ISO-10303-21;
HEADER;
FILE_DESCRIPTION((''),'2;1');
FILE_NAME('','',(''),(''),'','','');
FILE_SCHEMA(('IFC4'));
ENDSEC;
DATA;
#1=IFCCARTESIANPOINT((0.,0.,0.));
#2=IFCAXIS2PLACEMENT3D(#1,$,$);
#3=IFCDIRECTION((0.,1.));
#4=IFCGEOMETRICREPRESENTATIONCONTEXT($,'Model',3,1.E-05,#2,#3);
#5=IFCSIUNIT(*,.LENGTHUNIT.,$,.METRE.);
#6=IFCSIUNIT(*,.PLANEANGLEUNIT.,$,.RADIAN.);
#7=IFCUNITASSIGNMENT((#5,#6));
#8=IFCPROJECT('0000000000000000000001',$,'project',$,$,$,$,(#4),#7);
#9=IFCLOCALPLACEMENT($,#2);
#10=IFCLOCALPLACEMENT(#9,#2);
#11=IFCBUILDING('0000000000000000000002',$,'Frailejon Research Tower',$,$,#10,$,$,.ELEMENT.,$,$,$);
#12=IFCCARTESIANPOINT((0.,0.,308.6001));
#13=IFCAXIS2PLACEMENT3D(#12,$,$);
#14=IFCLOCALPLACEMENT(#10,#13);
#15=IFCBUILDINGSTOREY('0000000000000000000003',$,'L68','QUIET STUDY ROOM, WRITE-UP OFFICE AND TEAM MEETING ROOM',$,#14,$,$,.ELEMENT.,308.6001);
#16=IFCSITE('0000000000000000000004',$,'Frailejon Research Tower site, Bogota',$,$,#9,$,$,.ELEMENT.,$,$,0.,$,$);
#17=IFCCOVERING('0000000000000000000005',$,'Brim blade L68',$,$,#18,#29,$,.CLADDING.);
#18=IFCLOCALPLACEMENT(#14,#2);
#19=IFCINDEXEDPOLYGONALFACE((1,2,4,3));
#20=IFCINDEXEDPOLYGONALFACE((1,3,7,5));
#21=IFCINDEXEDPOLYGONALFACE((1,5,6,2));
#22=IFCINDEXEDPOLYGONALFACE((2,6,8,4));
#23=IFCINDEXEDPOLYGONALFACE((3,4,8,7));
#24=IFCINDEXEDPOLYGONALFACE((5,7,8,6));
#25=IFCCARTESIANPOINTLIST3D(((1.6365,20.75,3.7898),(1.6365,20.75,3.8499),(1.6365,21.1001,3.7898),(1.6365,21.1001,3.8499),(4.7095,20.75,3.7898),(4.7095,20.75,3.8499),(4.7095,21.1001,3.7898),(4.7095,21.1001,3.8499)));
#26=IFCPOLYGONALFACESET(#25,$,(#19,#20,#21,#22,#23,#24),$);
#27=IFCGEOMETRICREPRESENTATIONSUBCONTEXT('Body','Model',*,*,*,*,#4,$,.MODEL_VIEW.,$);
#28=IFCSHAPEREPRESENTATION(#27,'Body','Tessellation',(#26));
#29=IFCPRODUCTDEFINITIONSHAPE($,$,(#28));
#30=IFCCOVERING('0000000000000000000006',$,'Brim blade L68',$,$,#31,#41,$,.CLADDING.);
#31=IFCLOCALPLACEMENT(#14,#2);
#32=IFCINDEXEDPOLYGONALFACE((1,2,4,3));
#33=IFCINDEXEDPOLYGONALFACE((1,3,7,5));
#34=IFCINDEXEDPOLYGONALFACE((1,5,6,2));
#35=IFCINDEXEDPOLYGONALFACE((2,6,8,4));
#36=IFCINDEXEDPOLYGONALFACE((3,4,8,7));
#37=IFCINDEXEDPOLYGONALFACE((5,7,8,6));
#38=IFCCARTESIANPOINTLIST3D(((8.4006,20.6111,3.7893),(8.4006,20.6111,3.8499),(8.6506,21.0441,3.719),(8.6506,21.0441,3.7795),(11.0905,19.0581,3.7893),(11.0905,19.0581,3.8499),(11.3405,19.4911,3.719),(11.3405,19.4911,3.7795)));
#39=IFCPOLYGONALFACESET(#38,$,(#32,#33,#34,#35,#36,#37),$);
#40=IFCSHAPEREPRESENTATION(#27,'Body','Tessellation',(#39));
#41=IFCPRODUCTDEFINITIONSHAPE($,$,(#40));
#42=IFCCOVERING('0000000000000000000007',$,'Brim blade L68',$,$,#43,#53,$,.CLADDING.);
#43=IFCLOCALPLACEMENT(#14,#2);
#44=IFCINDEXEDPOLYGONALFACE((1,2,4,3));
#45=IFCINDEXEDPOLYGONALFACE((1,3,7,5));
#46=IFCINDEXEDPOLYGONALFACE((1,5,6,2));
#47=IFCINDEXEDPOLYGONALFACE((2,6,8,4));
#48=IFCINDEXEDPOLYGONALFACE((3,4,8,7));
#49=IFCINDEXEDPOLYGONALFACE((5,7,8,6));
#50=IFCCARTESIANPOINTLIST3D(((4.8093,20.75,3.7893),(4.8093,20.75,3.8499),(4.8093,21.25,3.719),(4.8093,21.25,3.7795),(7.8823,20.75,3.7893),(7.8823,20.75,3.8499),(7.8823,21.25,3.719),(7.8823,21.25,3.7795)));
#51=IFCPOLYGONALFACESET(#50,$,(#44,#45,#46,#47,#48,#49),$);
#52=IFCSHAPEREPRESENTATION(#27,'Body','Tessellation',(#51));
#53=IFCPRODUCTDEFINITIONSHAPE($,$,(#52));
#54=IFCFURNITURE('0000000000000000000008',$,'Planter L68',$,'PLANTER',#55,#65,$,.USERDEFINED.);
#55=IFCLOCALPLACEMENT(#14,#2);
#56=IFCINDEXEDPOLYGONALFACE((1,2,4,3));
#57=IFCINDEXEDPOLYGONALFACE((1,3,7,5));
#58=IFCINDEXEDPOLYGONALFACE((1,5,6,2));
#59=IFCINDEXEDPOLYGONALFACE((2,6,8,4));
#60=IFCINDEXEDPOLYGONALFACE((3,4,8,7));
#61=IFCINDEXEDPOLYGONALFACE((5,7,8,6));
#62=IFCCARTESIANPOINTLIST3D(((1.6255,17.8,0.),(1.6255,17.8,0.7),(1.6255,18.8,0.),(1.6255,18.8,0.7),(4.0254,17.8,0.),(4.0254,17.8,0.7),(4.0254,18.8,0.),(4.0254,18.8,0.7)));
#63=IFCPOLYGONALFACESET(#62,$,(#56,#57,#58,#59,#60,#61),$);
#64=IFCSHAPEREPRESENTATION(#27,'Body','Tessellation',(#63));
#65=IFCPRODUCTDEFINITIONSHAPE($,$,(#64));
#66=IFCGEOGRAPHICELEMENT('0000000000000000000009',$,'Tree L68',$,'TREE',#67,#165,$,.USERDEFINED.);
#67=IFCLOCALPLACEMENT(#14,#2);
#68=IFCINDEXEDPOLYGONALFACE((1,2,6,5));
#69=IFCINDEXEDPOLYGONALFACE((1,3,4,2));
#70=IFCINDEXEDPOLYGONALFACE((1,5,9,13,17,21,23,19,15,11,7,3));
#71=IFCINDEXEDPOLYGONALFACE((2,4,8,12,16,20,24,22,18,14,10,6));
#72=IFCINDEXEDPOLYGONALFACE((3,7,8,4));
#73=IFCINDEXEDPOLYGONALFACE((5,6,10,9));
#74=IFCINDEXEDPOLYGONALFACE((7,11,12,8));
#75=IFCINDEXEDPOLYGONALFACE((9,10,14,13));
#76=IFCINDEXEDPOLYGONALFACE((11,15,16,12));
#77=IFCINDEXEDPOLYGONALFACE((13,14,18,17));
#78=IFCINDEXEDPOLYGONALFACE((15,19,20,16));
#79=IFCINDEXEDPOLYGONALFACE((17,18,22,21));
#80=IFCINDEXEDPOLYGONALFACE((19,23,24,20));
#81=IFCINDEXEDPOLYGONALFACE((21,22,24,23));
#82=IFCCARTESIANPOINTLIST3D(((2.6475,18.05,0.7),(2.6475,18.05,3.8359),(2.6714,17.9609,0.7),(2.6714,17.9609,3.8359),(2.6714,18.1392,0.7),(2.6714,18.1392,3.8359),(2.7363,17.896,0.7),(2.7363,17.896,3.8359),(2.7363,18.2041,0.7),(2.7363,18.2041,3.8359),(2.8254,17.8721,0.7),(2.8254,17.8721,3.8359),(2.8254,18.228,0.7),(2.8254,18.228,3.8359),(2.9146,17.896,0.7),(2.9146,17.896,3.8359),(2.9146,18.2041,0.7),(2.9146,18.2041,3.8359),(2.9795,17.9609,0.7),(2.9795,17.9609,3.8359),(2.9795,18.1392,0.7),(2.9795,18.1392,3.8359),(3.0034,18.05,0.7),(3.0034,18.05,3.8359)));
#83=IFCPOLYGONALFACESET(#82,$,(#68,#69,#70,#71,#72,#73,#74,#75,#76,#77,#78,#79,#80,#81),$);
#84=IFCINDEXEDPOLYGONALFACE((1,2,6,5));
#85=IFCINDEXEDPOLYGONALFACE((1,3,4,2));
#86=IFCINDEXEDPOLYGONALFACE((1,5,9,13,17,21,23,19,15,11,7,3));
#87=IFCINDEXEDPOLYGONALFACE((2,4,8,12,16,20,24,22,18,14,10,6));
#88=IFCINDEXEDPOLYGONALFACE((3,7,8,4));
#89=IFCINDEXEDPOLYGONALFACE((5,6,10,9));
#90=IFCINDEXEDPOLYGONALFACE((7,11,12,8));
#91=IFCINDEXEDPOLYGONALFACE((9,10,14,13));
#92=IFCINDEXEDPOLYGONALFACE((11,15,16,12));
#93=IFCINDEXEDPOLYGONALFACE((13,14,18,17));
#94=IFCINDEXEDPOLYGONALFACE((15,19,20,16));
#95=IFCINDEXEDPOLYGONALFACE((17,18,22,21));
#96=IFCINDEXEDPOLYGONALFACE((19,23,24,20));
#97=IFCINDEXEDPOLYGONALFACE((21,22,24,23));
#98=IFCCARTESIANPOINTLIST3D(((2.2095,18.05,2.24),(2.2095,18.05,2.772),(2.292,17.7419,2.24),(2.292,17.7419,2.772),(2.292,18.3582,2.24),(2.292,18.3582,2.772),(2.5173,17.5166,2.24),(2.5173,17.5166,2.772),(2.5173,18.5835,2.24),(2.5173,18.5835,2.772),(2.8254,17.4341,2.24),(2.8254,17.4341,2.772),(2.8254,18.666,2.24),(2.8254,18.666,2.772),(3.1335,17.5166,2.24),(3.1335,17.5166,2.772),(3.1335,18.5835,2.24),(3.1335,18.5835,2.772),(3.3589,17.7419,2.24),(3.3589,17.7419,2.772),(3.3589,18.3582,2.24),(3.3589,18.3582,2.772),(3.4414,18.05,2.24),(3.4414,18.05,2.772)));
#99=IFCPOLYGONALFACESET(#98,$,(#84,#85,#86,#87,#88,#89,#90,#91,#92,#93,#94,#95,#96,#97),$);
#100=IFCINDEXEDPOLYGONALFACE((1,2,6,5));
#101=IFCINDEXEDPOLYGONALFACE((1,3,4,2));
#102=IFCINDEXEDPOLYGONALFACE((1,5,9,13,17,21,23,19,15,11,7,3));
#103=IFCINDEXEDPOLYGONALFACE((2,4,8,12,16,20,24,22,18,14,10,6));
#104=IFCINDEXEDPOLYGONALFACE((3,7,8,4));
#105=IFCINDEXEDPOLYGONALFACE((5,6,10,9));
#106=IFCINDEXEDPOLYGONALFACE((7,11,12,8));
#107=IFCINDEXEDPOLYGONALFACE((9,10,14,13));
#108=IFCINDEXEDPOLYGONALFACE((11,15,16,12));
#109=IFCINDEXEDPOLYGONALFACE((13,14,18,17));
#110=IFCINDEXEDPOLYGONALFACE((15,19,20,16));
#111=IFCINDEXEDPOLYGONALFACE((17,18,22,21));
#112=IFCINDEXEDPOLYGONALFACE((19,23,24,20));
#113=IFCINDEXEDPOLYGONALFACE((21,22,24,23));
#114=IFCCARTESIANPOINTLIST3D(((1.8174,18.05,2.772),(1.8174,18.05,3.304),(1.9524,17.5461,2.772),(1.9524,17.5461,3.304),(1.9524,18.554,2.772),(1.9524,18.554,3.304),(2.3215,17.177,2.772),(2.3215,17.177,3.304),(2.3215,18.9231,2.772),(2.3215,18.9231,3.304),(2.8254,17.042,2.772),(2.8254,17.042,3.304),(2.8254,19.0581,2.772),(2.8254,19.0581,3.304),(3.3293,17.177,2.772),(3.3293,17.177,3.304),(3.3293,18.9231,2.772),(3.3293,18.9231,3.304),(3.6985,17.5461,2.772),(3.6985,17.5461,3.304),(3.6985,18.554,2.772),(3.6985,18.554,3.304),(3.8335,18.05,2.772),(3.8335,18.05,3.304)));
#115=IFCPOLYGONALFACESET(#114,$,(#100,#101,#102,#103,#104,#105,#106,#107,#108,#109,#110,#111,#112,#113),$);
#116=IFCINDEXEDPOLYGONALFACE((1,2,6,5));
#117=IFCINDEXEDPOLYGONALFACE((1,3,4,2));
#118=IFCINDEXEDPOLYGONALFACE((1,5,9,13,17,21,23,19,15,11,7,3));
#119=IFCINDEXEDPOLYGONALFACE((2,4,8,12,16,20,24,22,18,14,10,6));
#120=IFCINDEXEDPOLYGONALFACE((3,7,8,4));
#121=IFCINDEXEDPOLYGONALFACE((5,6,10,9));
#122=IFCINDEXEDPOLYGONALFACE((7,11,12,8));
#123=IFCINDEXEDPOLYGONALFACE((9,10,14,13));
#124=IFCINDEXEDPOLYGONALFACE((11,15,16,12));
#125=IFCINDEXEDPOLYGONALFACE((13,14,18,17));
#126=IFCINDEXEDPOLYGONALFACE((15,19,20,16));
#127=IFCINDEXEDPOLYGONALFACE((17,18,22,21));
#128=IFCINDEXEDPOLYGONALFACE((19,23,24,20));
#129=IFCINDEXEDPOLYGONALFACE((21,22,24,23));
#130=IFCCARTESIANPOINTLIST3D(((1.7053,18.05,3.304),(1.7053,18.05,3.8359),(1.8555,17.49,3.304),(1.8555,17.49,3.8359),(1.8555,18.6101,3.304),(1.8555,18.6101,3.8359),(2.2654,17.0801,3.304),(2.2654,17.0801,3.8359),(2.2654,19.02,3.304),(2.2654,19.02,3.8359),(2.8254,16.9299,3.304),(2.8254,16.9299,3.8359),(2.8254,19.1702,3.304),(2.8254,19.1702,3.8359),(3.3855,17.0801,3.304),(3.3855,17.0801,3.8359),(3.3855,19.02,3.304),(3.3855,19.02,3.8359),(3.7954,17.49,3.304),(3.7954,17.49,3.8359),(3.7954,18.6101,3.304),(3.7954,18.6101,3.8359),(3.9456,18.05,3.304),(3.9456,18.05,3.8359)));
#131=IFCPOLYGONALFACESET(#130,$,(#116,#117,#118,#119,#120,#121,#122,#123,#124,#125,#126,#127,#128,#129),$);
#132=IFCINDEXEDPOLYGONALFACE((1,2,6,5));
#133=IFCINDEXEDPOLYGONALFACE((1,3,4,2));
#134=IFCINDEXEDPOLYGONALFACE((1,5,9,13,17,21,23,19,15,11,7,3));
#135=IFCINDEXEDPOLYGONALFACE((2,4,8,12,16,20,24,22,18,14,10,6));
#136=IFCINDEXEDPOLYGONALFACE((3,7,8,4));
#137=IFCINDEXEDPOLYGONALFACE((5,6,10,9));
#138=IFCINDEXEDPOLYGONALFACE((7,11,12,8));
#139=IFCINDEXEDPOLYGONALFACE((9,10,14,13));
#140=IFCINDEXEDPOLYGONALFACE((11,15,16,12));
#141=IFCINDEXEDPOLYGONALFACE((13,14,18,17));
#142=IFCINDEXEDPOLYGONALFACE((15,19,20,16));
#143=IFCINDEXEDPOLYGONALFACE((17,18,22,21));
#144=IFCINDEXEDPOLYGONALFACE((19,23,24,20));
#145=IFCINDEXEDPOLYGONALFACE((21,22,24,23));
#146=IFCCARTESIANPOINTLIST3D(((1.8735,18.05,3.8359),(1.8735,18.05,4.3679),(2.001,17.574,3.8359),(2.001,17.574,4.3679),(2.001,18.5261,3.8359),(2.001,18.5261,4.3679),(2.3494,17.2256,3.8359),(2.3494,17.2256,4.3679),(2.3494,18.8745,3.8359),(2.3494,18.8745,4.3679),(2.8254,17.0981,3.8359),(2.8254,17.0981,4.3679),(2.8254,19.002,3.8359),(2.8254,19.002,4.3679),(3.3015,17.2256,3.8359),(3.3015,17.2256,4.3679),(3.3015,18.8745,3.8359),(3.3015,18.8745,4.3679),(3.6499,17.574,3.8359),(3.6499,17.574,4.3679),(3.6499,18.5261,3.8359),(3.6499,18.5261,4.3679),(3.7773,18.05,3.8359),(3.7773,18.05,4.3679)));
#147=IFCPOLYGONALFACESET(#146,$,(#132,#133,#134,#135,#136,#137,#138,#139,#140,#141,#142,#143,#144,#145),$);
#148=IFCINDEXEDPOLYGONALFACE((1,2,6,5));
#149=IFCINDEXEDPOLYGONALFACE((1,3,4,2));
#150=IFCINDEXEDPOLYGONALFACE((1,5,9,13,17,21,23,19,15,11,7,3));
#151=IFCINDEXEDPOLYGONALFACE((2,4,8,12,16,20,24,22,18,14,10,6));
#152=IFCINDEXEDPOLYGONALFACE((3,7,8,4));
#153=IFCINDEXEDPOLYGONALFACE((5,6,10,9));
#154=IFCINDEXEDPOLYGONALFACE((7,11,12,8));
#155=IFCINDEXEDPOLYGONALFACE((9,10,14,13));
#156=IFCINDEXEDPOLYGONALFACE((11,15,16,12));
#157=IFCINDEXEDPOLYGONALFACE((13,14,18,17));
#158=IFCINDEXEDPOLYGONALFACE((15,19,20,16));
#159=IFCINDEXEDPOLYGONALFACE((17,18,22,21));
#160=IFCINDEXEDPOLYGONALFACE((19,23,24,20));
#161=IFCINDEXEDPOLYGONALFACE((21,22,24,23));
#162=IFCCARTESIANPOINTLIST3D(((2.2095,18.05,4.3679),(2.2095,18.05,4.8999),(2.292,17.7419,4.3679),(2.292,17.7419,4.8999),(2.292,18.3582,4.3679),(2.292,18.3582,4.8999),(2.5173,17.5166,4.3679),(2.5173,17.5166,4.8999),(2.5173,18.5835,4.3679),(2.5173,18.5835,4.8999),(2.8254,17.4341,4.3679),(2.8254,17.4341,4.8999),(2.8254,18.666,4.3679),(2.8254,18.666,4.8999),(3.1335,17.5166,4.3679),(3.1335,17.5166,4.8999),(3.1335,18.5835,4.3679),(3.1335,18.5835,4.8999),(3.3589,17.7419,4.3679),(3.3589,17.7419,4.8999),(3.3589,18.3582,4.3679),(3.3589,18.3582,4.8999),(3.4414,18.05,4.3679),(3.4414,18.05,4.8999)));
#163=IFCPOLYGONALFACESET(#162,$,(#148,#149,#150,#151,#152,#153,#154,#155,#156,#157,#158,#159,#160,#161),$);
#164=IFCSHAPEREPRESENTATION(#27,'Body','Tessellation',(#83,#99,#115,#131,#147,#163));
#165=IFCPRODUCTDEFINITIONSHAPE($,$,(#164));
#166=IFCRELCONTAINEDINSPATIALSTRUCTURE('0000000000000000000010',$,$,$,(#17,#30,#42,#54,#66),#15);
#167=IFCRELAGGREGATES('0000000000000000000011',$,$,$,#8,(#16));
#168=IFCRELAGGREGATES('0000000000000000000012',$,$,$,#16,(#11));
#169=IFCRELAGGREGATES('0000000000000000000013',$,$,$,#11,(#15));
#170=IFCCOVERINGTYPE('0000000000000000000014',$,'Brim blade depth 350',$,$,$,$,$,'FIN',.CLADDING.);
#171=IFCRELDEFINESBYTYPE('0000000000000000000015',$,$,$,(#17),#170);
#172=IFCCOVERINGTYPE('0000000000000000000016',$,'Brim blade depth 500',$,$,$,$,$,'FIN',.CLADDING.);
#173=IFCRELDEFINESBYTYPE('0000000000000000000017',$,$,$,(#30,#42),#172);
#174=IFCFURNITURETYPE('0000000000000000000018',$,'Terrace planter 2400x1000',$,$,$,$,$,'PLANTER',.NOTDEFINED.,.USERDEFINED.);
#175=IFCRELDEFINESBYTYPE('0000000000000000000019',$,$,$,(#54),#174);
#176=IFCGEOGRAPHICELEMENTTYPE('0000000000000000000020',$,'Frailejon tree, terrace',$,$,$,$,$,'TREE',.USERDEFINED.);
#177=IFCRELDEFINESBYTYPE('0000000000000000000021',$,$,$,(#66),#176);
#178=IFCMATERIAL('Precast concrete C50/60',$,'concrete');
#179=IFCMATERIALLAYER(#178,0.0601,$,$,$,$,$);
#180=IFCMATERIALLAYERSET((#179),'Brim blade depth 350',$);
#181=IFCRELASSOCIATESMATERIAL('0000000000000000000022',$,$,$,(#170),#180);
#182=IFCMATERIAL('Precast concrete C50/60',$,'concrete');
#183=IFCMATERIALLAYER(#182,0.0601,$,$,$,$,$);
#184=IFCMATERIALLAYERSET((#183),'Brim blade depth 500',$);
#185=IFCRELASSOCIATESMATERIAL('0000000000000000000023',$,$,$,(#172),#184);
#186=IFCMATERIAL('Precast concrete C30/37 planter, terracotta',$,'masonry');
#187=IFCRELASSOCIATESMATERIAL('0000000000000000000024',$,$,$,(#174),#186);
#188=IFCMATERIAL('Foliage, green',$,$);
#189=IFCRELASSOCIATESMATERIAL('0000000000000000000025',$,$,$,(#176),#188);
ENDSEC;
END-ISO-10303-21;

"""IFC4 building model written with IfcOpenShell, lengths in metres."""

from ifc_helpers import new_model, si_unit, direction, frame, origin, origin_2d, place, context, subcontext, project, spatial, polyline, rectangle, outline, extrude, material, layer, layer_set, type_object, element, save


model = new_model("IFC4")

# Units and contexts
model_context = context("Model", 3, precision=1e-05, world=origin(), true_north=direction((0.0, 1.0)))
body_context = subcontext(model_context, "Body", "Model", "MODEL_VIEW")
ifc_project = project(units=[si_unit("LENGTHUNIT", "METRE"), si_unit("PLANEANGLEUNIT", "RADIAN")], contexts=[model_context])

# Site, building, storey
site_placement = place(None, origin())
site = spatial("IfcSite", under=ifc_project, at=site_placement, Name="Frailejon Research Tower site, Bogota", CompositionType="ELEMENT", RefElevation=0.0)
building_placement = place(site_placement, origin())
building = spatial("IfcBuilding", under=site, at=building_placement, Name="Frailejon Research Tower", CompositionType="ELEMENT")
storey_placement = place(building_placement, frame((0.0, 0.0, 308.6001)))
storey = spatial("IfcBuildingStorey", under=building, at=storey_placement, Name="L68", Description="QUIET STUDY ROOM, WRITE-UP OFFICE AND TEAM MEETING ROOM", CompositionType="ELEMENT", Elevation=308.6001)

# Coverings
ifc_material_1 = material(Name="Precast concrete C50/60", Category="concrete")
ifc_layer_1 = layer(ifc_material_1, 0.0601)
ifc_layer_set_1 = layer_set([ifc_layer_1], Name="Brim blade depth 350")
covering_type_1 = type_object("IfcCoveringType", Name="Brim blade depth 350", ElementType="FIN", PredefinedType="CLADDING", material=ifc_layer_set_1)
covering_1_placement = place(storey_placement, frame((1.6365, 20.75, 3.8499), z_axis=(1.0, 0.0, 0.0), x_axis=(0.0, 1.0, 0.0)))
element("IfcCovering", 1, at=covering_1_placement, inside=storey, type_object=covering_type_1, Name="Brim blade L68", PredefinedType="CLADDING", context=body_context, shape_type="SweptSolid", body=[
    extrude(outline(polyline([(0.0, -0.0601), (0.3501, -0.0601), (0.3501, 0.0), (0.0, 0.0), (0.0, -0.0601)])), origin(), (0.0, 0.0, 1.0), 3.073),
])
ifc_material_2 = material(Name="Precast concrete C50/60", Category="concrete")
ifc_layer_2 = layer(ifc_material_2, 0.0601)
ifc_layer_set_2 = layer_set([ifc_layer_2], Name="Brim blade depth 500")
covering_type_2 = type_object("IfcCoveringType", Name="Brim blade depth 500", ElementType="FIN", PredefinedType="CLADDING", material=ifc_layer_set_2)
covering_2_placement = place(storey_placement, frame((8.4006, 20.6111, 3.8499), z_axis=(0.866027, -0.499997, 0.0), x_axis=(0.499997, 0.866027, 0.0)))
element("IfcCovering", 2, at=covering_2_placement, inside=storey, type_object=covering_type_2, Name="Brim blade L68", PredefinedType="CLADDING", context=body_context, shape_type="SweptSolid", body=[
    extrude(outline(polyline([(0.0, -0.0605), (0.5, -0.1309), (0.5, -0.0703), (0.0, 0.0), (0.0, -0.0605)])), origin(), (0.0, 0.0, 1.0), 3.106),
])
covering_3_placement = place(storey_placement, frame((4.8093, 20.75, 3.8499), z_axis=(1.0, 0.0, 0.0), x_axis=(0.0, 1.0, 0.0)))
element("IfcCovering", 3, at=covering_3_placement, inside=storey, type_object=covering_type_2, Name="Brim blade L68", PredefinedType="CLADDING", context=body_context, shape_type="SweptSolid", body=[
    extrude(outline(polyline([(0.0, -0.0605), (0.5, -0.1309), (0.5, -0.0703), (0.0, 0.0), (0.0, -0.0605)])), origin(), (0.0, 0.0, 1.0), 3.073),
])

# Furniture
ifc_material_3 = material(Name="Precast concrete C30/37 planter, terracotta", Category="masonry")
furniture_type = type_object("IfcFurnitureType", Name="Terrace planter 2400x1000", ElementType="PLANTER", AssemblyPlace="NOTDEFINED", PredefinedType="USERDEFINED", material=ifc_material_3)
furniture_placement = place(storey_placement, frame((2.8254, 18.3, 0.0), z_axis=(0.0, 0.0, 1.0), x_axis=(-1.0, 0.0, 0.0)))
element("IfcFurniture", 4, at=furniture_placement, inside=storey, type_object=furniture_type, Name="Planter L68", ObjectType="PLANTER", PredefinedType="USERDEFINED", context=body_context, shape_type="SweptSolid", body=[
    extrude(rectangle(XDim=2.3999, YDim=1.0, at=origin_2d()), origin(), (0.0, 0.0, 1.0), 0.7),
])

# Geographic element
ifc_material_4 = material(Name="Foliage, green")
geographic_element_type = type_object("IfcGeographicElementType", Name="Frailejon tree, terrace", ElementType="TREE", PredefinedType="USERDEFINED", material=ifc_material_4)
geographic_element_placement = place(storey_placement, frame((2.8254, 18.05, 0.7)))
element("IfcGeographicElement", 5, at=geographic_element_placement, inside=storey, type_object=geographic_element_type, Name="Tree L68", ObjectType="TREE", PredefinedType="USERDEFINED", context=body_context, shape_type="SweptSolid", body=[
    extrude(outline(polyline([(0.178, 0.0), (0.1541, 0.0891), (0.0891, 0.1541), (0.0, 0.178), (-0.0891, 0.1541), (-0.1541, 0.0891), (-0.178, 0.0), (-0.1541, -0.0891), (-0.0891, -0.1541), (0.0, -0.178), (0.0891, -0.1541), (0.1541, -0.0891), (0.178, 0.0)])), origin(), (0.0, 0.0, 1.0), 3.136),
    extrude(outline(polyline([(0.616, 0.0), (0.5334, 0.3081), (0.3081, 0.5334), (0.0, 0.616), (-0.3081, 0.5334), (-0.5334, 0.3081), (-0.616, 0.0), (-0.5334, -0.3081), (-0.3081, -0.5334), (0.0, -0.616), (0.3081, -0.5334), (0.5334, -0.3081), (0.616, 0.0)])), frame((0.0, 0.0, 1.54)), (0.0, 0.0, 1.0), 0.532),
    extrude(outline(polyline([(1.0081, 0.0), (0.873, 0.5039), (0.5039, 0.873), (0.0, 1.0081), (-0.5039, 0.873), (-0.873, 0.5039), (-1.0081, 0.0), (-0.873, -0.5039), (-0.5039, -0.873), (0.0, -1.0081), (0.5039, -0.873), (0.873, -0.5039), (1.0081, 0.0)])), frame((0.0, 0.0, 2.072)), (0.0, 0.0, 1.0), 0.532),
    extrude(outline(polyline([(1.1201, 0.0), (0.97, 0.5601), (0.5601, 0.97), (0.0, 1.1201), (-0.5601, 0.97), (-0.97, 0.5601), (-1.1201, 0.0), (-0.97, -0.5601), (-0.5601, -0.97), (0.0, -1.1201), (0.5601, -0.97), (0.97, -0.5601), (1.1201, 0.0)])), frame((0.0, 0.0, 2.604)), (0.0, 0.0, 1.0), 0.532),
    extrude(outline(polyline([(0.9519, 0.0), (0.8245, 0.4761), (0.4761, 0.8245), (0.0, 0.9519), (-0.4761, 0.8245), (-0.8245, 0.4761), (-0.9519, 0.0), (-0.8245, -0.4761), (-0.4761, -0.8245), (0.0, -0.9519), (0.4761, -0.8245), (0.8245, -0.4761), (0.9519, 0.0)])), frame((0.0, 0.0, 3.136)), (0.0, 0.0, 1.0), 0.532),
    extrude(outline(polyline([(0.616, 0.0), (0.5334, 0.3081), (0.3081, 0.5334), (0.0, 0.616), (-0.3081, 0.5334), (-0.5334, 0.3081), (-0.616, 0.0), (-0.5334, -0.3081), (-0.3081, -0.5334), (0.0, -0.616), (0.3081, -0.5334), (0.5334, -0.3081), (0.616, 0.0)])), frame((0.0, 0.0, 3.668)), (0.0, 0.0, 1.0), 0.532),
])

save(model, "model.ifc")
